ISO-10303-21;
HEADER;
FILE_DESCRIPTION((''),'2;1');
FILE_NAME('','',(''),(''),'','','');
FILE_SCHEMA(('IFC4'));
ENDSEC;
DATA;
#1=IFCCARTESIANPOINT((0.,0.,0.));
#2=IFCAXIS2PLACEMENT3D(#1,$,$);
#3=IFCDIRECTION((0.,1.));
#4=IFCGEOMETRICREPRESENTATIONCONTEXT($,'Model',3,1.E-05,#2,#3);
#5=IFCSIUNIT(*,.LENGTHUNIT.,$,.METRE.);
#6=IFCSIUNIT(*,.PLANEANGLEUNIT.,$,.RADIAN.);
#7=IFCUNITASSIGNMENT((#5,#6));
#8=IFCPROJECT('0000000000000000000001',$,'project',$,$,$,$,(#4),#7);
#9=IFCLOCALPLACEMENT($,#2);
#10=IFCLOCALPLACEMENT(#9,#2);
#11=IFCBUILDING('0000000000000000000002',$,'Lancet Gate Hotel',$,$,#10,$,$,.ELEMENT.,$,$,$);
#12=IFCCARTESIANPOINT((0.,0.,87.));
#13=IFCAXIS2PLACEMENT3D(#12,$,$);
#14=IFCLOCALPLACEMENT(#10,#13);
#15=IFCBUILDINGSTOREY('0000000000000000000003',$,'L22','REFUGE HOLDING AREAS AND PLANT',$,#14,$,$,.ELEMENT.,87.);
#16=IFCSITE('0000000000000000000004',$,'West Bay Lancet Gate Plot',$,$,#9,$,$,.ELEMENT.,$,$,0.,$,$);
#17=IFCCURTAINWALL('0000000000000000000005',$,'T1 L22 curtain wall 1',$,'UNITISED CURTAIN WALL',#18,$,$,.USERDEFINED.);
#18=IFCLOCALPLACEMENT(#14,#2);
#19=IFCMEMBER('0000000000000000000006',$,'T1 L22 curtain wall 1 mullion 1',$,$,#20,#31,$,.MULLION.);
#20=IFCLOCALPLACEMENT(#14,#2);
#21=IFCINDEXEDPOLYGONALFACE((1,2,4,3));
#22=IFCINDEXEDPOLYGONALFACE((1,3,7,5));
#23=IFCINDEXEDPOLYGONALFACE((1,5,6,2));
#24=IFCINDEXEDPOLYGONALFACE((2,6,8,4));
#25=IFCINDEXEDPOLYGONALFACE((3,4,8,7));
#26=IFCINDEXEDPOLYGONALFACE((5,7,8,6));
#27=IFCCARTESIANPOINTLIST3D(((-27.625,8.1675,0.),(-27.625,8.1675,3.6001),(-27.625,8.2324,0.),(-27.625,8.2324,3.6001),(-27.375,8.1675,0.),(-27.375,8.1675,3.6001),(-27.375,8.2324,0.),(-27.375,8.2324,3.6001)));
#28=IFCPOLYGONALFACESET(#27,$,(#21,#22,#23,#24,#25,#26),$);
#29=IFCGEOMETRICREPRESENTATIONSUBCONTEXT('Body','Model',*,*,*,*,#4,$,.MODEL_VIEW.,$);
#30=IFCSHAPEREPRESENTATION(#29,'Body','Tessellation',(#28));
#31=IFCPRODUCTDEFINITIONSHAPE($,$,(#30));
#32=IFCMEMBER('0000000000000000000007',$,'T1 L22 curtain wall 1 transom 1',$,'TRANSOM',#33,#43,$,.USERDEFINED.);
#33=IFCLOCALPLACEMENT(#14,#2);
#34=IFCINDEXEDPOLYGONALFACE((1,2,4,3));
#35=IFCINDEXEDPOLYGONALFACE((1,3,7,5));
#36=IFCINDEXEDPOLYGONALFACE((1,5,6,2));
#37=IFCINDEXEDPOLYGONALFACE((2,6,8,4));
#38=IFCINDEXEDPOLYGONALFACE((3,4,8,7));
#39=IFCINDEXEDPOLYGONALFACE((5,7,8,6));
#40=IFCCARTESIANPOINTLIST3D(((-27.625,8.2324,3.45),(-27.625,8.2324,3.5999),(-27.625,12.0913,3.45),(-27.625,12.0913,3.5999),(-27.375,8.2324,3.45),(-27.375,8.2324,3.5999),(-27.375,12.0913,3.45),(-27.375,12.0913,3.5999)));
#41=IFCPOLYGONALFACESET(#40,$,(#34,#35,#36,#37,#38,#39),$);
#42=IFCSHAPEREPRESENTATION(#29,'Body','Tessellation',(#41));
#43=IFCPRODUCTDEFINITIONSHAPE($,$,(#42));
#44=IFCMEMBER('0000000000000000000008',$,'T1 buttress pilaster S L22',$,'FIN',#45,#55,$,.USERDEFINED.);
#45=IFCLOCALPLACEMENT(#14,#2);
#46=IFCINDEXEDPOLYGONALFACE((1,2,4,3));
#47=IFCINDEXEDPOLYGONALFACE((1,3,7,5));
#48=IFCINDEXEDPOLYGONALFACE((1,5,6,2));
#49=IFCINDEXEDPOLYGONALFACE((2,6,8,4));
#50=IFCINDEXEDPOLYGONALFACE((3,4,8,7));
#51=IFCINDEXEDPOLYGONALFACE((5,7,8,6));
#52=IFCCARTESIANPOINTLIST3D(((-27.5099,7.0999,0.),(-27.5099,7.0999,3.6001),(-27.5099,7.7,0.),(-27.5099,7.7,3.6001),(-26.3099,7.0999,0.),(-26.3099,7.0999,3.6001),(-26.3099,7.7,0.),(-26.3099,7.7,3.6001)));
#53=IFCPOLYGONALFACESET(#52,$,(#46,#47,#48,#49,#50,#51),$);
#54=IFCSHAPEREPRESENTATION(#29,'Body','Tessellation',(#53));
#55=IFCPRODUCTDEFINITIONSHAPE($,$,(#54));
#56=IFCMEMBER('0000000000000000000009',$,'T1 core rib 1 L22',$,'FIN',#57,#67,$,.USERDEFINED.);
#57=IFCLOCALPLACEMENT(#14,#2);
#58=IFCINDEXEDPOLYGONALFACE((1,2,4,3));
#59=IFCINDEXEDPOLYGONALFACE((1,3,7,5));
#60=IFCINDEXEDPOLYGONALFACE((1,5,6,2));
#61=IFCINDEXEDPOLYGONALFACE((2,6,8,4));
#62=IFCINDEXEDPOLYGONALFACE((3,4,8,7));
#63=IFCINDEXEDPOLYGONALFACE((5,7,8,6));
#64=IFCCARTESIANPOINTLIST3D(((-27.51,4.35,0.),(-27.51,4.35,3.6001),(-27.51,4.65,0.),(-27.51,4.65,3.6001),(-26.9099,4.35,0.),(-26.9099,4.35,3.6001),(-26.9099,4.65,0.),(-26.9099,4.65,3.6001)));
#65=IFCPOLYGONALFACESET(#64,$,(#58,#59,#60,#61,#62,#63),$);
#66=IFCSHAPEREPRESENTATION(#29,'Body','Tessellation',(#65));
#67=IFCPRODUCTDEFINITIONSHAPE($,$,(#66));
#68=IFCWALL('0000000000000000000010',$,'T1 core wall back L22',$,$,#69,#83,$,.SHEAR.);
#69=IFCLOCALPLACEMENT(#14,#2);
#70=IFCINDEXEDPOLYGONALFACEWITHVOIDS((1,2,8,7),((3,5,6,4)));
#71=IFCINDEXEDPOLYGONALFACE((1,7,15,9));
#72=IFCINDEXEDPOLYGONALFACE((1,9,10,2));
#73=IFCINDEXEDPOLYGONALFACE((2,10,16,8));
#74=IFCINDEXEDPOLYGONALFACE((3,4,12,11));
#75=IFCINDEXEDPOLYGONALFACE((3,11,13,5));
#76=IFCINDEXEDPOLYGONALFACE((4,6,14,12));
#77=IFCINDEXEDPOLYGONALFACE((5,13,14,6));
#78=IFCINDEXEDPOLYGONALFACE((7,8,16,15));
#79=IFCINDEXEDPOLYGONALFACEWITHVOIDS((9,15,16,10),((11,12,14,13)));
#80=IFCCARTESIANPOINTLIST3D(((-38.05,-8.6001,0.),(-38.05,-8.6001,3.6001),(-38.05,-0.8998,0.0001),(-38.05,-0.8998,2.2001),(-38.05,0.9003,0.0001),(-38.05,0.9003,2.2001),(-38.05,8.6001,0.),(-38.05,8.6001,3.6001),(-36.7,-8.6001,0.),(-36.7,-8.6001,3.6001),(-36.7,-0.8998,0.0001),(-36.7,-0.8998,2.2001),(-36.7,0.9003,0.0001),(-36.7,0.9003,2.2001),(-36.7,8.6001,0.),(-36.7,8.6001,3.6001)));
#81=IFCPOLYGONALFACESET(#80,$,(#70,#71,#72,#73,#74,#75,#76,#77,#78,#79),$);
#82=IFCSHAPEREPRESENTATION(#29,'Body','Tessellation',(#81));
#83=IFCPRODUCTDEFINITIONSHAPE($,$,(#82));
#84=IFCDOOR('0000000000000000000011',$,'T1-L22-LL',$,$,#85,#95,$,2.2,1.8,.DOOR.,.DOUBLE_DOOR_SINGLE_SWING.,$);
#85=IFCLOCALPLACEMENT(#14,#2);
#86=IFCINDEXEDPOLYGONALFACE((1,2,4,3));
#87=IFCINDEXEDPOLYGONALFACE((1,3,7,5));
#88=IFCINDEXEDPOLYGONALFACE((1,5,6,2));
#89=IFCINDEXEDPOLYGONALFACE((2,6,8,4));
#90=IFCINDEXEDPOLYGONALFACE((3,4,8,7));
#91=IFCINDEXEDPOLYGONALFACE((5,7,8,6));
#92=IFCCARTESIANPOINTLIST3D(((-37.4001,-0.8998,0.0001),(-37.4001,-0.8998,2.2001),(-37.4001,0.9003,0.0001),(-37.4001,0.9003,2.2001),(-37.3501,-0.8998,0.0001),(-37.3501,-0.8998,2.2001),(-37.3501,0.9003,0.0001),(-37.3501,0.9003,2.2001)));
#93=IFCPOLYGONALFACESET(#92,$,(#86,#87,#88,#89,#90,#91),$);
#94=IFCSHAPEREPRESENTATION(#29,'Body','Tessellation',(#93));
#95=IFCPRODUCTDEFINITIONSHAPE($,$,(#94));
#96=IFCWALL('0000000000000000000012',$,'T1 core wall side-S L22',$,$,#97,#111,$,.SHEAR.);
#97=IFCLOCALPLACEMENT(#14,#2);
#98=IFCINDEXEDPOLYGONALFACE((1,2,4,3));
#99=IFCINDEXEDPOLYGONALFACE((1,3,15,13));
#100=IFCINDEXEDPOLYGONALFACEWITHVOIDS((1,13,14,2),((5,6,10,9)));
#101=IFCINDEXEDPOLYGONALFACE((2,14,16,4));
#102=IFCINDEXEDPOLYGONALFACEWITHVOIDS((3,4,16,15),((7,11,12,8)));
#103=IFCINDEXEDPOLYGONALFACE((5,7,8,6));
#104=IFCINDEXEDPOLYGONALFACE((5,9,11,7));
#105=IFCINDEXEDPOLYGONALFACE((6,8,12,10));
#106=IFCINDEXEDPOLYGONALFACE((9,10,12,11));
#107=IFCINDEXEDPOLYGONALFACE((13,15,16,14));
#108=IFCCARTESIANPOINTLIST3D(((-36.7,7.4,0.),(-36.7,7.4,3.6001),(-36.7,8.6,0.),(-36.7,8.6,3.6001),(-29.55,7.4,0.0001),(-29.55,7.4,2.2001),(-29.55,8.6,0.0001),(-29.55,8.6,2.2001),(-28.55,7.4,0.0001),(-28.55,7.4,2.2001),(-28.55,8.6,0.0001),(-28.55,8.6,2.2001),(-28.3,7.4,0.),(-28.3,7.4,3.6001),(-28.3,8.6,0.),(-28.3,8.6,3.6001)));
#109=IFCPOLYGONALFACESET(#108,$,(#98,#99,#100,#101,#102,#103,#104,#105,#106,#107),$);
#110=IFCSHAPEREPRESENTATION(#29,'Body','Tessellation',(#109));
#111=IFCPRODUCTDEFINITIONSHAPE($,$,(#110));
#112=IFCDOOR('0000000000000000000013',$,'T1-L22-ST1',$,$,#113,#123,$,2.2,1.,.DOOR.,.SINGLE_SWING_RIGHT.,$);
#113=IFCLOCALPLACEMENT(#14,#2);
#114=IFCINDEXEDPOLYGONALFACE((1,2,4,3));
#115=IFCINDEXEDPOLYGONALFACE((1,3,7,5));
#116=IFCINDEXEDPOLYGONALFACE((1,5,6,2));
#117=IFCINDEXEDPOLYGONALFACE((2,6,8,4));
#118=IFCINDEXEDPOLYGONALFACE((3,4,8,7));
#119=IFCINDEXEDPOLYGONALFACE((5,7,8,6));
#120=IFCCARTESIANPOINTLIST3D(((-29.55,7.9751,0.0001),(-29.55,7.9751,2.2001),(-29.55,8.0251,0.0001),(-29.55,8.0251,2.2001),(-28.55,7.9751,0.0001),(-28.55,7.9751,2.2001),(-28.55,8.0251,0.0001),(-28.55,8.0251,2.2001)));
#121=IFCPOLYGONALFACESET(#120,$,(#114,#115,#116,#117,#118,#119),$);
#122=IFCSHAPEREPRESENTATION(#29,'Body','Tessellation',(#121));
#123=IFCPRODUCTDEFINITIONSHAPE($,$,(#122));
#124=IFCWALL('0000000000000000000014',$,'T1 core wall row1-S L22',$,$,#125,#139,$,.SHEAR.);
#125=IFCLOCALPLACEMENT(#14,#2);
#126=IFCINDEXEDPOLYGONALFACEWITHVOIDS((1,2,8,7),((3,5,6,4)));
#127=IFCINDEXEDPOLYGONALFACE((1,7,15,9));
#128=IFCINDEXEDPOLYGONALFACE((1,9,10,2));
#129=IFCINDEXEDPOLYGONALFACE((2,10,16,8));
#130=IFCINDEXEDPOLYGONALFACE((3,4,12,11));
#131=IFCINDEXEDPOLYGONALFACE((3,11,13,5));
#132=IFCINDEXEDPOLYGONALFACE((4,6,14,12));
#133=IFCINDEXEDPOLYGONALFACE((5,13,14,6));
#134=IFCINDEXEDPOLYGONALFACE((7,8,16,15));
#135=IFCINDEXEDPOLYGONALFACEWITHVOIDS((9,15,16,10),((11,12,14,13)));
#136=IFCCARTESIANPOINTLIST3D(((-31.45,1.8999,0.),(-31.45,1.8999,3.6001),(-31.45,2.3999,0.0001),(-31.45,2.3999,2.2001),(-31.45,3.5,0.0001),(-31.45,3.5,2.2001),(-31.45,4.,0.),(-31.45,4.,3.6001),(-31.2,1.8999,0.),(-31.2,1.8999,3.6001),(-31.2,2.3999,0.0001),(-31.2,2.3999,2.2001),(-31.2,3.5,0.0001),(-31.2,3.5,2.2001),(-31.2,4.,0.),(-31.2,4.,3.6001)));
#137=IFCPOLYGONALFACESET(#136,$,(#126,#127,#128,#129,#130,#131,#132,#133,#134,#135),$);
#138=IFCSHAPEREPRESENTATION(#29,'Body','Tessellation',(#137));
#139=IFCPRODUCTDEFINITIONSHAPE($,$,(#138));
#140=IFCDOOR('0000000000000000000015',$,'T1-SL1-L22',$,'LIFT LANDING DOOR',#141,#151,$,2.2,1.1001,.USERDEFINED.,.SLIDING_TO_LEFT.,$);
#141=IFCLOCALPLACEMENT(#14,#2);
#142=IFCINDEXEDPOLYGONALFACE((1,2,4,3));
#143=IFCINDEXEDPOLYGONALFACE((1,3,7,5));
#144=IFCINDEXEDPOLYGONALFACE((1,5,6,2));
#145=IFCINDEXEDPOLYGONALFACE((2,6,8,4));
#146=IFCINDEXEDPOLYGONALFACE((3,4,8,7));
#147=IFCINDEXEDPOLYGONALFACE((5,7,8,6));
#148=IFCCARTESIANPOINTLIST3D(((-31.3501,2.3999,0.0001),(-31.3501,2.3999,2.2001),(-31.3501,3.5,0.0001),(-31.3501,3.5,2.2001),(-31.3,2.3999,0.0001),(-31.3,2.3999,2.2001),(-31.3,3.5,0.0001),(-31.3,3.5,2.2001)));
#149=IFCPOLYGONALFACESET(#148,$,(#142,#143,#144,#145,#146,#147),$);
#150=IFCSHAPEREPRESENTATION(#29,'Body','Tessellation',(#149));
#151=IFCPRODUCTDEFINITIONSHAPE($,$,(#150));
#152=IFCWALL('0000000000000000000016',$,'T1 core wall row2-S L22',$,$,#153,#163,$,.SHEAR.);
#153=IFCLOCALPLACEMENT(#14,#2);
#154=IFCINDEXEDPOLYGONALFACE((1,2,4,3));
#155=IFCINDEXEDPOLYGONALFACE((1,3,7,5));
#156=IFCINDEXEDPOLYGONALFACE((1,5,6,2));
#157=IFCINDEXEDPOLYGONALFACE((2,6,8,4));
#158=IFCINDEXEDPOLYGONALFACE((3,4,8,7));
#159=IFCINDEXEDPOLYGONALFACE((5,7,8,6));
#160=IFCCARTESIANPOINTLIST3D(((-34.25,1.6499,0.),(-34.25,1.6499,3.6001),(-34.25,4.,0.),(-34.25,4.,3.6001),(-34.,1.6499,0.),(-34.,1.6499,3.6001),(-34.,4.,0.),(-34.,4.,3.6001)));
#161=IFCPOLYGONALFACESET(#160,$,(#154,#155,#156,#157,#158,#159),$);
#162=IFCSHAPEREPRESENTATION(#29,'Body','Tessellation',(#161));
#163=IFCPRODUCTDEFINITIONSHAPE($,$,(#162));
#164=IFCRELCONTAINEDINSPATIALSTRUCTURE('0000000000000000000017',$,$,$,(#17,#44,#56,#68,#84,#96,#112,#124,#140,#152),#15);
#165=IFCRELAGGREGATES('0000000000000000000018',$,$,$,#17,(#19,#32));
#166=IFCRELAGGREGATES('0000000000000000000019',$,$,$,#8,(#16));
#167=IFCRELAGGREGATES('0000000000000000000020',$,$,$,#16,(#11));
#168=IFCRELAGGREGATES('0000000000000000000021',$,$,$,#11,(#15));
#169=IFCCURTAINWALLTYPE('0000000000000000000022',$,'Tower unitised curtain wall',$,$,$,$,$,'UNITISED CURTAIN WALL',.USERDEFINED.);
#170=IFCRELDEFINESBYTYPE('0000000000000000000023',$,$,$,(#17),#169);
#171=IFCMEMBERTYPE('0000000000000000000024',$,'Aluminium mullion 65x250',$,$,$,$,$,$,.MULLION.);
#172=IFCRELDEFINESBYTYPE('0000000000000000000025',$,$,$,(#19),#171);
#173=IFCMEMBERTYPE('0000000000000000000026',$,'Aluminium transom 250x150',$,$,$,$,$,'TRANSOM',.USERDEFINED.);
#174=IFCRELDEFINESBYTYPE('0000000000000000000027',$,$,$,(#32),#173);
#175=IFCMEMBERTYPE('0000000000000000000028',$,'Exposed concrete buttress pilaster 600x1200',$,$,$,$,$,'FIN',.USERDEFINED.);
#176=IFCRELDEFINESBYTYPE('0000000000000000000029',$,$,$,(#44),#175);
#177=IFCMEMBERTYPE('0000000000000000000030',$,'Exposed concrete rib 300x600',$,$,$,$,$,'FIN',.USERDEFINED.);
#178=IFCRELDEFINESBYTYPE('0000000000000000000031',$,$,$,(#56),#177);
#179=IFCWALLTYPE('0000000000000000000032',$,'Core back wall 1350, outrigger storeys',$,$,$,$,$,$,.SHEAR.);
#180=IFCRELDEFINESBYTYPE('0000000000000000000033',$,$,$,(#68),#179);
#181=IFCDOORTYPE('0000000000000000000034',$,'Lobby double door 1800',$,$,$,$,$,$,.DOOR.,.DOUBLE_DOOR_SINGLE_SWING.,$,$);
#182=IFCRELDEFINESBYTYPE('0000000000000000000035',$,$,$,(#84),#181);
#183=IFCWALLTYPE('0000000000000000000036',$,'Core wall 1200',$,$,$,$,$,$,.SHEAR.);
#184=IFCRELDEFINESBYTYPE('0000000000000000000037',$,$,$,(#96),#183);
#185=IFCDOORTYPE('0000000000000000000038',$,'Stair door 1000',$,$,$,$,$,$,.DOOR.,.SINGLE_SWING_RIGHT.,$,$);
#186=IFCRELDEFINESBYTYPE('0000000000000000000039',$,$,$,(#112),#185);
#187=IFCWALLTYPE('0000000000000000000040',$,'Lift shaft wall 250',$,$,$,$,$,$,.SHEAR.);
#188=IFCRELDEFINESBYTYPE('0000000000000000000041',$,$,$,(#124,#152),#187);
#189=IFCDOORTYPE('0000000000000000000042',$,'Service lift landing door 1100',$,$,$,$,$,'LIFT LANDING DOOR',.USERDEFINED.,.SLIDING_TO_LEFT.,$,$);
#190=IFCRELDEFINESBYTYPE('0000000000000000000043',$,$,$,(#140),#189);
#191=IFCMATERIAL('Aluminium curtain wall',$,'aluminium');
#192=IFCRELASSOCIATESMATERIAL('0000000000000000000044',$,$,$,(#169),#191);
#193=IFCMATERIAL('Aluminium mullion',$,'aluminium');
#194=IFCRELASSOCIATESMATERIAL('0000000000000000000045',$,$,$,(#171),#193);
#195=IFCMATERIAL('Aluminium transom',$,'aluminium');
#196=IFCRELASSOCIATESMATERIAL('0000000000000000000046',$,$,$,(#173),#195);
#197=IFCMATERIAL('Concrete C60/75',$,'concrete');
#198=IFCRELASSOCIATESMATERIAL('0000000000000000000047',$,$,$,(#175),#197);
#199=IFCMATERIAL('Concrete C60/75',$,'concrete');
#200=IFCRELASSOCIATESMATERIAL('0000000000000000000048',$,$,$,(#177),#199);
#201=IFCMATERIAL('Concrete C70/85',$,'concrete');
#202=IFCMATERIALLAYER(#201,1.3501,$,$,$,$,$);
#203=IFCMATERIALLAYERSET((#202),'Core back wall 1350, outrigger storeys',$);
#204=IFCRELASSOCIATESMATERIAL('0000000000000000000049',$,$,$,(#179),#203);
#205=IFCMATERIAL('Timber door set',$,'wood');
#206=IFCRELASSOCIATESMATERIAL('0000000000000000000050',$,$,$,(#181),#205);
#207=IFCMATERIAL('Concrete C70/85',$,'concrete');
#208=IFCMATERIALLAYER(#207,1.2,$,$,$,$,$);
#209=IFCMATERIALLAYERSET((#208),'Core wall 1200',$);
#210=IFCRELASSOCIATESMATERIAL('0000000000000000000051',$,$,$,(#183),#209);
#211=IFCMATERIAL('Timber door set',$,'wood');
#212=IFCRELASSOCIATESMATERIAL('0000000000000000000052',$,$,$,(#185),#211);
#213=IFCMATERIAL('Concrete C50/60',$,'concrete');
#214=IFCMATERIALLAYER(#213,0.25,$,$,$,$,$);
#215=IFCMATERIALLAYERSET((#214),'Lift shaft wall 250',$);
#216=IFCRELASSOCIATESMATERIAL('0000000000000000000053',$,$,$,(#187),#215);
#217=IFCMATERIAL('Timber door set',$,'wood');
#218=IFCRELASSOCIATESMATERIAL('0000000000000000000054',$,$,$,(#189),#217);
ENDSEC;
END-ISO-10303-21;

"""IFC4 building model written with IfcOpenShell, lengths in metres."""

from ifc_helpers import new_model, si_unit, direction, frame, frame_2d, origin, origin_2d, place, context, subcontext, project, spatial, rectangle, extrude, material, layer, layer_set, material_profile, profile_set, type_object, element, fill, aggregate, save


model = new_model("IFC4")

# Units and contexts
model_context = context("Model", 3, precision=1e-05, world=origin(), true_north=direction((0.0, 1.0)))
body_context = subcontext(model_context, "Body", "Model", "MODEL_VIEW")
ifc_project = project(units=[si_unit("LENGTHUNIT", "METRE"), si_unit("PLANEANGLEUNIT", "RADIAN")], contexts=[model_context])

# Site, building, storey
site_placement = place(None, origin())
site = spatial("IfcSite", under=ifc_project, at=site_placement, Name="West Bay Lancet Gate Plot", CompositionType="ELEMENT", RefElevation=0.0)
building_placement = place(site_placement, origin())
building = spatial("IfcBuilding", under=site, at=building_placement, Name="Lancet Gate Hotel", CompositionType="ELEMENT")
storey_placement = place(building_placement, frame((0.0, 0.0, 87.0)))
storey = spatial("IfcBuildingStorey", under=building, at=storey_placement, Name="L22", Description="REFUGE HOLDING AREAS AND PLANT", CompositionType="ELEMENT", Elevation=87.0)

# Curtain wall, members
ifc_material_1 = material(Name="Aluminium curtain wall", Category="aluminium")
curtain_wall_type = type_object("IfcCurtainWallType", Name="Tower unitised curtain wall", ElementType="UNITISED CURTAIN WALL", PredefinedType="USERDEFINED", material=ifc_material_1)
curtain_wall_placement = place(storey_placement, origin())
curtain_wall = element("IfcCurtainWall", 1, at=curtain_wall_placement, inside=storey, type_object=curtain_wall_type, Name="T1 L22 curtain wall 1", ObjectType="UNITISED CURTAIN WALL", PredefinedType="USERDEFINED")
ifc_material_2 = material(Name="Aluminium mullion", Category="aluminium")
ifc_material_profile_1 = material_profile(ifc_material_2, rectangle(XDim=0.0649, YDim=0.25, at=origin_2d()), Name="MULLION 65x250")
ifc_profile_set_1 = profile_set([ifc_material_profile_1], Name="Aluminium mullion")
member_type_1 = type_object("IfcMemberType", Name="Aluminium mullion 65x250", PredefinedType="MULLION", material=ifc_profile_set_1)
member_1_placement = place(storey_placement, frame((-27.5, 8.2, 0.0), z_axis=(0.0, 0.0, 1.0), x_axis=(0.0, 1.0, 0.0)))
member_1 = element("IfcMember", 2, at=member_1_placement, type_object=member_type_1, Name="T1 L22 curtain wall 1 mullion 1", PredefinedType="MULLION", context=body_context, shape_type="SweptSolid", body=[
    extrude(rectangle(XDim=0.0649, YDim=0.25, at=origin_2d()), origin(), (0.0, 0.0, 1.0), 3.6001),
])
ifc_material_3 = material(Name="Aluminium transom", Category="aluminium")
ifc_material_profile_2 = material_profile(ifc_material_3, rectangle(XDim=0.25, YDim=0.1499, at=origin_2d()), Name="TRANSOM 250x150")
ifc_profile_set_2 = profile_set([ifc_material_profile_2], Name="Aluminium transom")
member_type_2 = type_object("IfcMemberType", Name="Aluminium transom 250x150", ElementType="TRANSOM", PredefinedType="USERDEFINED", material=ifc_profile_set_2)
member_2_placement = place(storey_placement, frame((-27.5, 8.2324, 3.5249), z_axis=(0.0, 1.0, 0.0), x_axis=(-1.0, 0.0, 0.0)))
member_2 = element("IfcMember", 3, at=member_2_placement, type_object=member_type_2, Name="T1 L22 curtain wall 1 transom 1", ObjectType="TRANSOM", PredefinedType="USERDEFINED", context=body_context, shape_type="SweptSolid", body=[
    extrude(rectangle(XDim=0.25, YDim=0.1499, at=origin_2d()), origin(), (0.0, 0.0, 1.0), 3.8589),
])
aggregate(curtain_wall, [member_1, member_2])

# Members
ifc_material_4 = material(Name="Concrete C60/75", Category="concrete")
ifc_material_profile_3 = material_profile(ifc_material_4, rectangle(XDim=0.6001, YDim=1.2, at=origin_2d()), Name="FIN 600x1200")
ifc_profile_set_3 = profile_set([ifc_material_profile_3], Name="Concrete C60/75")
member_type_3 = type_object("IfcMemberType", Name="Exposed concrete buttress pilaster 600x1200", ElementType="FIN", PredefinedType="USERDEFINED", material=ifc_profile_set_3)
member_3_placement = place(storey_placement, frame((-26.9099, 7.3999, 0.0), z_axis=(0.0, 0.0, 1.0), x_axis=(0.0, 1.0, 0.0)))
element("IfcMember", 4, at=member_3_placement, inside=storey, type_object=member_type_3, Name="T1 buttress pilaster S L22", ObjectType="FIN", PredefinedType="USERDEFINED", context=body_context, shape_type="SweptSolid", body=[
    extrude(rectangle(XDim=0.6001, YDim=1.2, at=origin_2d()), origin(), (0.0, 0.0, 1.0), 3.6001),
])
ifc_material_5 = material(Name="Concrete C60/75", Category="concrete")
ifc_material_profile_4 = material_profile(ifc_material_5, rectangle(XDim=0.3, YDim=0.6001, at=origin_2d()), Name="FIN 300x600")
ifc_profile_set_4 = profile_set([ifc_material_profile_4], Name="Concrete C60/75")
member_type_4 = type_object("IfcMemberType", Name="Exposed concrete rib 300x600", ElementType="FIN", PredefinedType="USERDEFINED", material=ifc_profile_set_4)
member_4_placement = place(storey_placement, frame((-27.21, 4.5, 0.0), z_axis=(0.0, 0.0, 1.0), x_axis=(0.0, 1.0, 0.0)))
element("IfcMember", 5, at=member_4_placement, inside=storey, type_object=member_type_4, Name="T1 core rib 1 L22", ObjectType="FIN", PredefinedType="USERDEFINED", context=body_context, shape_type="SweptSolid", body=[
    extrude(rectangle(XDim=0.3, YDim=0.6001, at=origin_2d()), origin(), (0.0, 0.0, 1.0), 3.6001),
])

# Walls, openings, doors
ifc_material_6 = material(Name="Concrete C70/85", Category="concrete")
ifc_layer_1 = layer(ifc_material_6, 1.3501)
ifc_layer_set_1 = layer_set([ifc_layer_1], Name="Core back wall 1350, outrigger storeys")
wall_type_1 = type_object("IfcWallType", Name="Core back wall 1350, outrigger storeys", PredefinedType="SHEAR", material=ifc_layer_set_1)
wall_1_placement = place(storey_placement, frame((-37.375, 8.6001, 0.0), z_axis=(0.0, 0.0, 1.0), x_axis=(0.0, -1.0, 0.0)))
wall_1 = element("IfcWall", 6, at=wall_1_placement, inside=storey, type_object=wall_type_1, Name="T1 core wall back L22", PredefinedType="SHEAR", context=body_context, shape_type="SweptSolid", body=[
    extrude(rectangle(XDim=17.2002, YDim=1.3501, at=frame_2d((8.6001, 0.0))), origin(), (0.0, 0.0, 1.0), 3.6001),
])
opening_1_placement = place(wall_1_placement, frame((7.7, 0.0, 0.0)))
opening_1 = element("IfcOpeningElement", 7, at=opening_1_placement, cuts=wall_1, PredefinedType="OPENING", context=body_context, shape_type="SweptSolid", body=[
    extrude(rectangle(XDim=1.8, YDim=2.2, at=frame_2d((0.8999, 1.1001))), frame((0.0, 0.6851, 0.0), z_axis=(0.0, -1.0, 0.0), x_axis=(1.0, 0.0, 0.0)), (0.0, 0.0, 1.0), 1.3701),
])
ifc_material_7 = material(Name="Timber door set", Category="wood")
door_type_1 = type_object("IfcDoorType", Name="Lobby double door 1800", OperationType="DOUBLE_DOOR_SINGLE_SWING", PredefinedType="DOOR", material=ifc_material_7)
door_1_placement = place(opening_1_placement, origin())
door_1 = element("IfcDoor", 8, at=door_1_placement, inside=storey, type_object=door_type_1, Name="T1-L22-LL", OperationType="DOUBLE_DOOR_SINGLE_SWING", OverallHeight=2.2, OverallWidth=1.8, PredefinedType="DOOR", context=body_context, shape_type="SweptSolid", body=[
    extrude(rectangle(XDim=1.8, YDim=2.2, at=frame_2d((0.8999, 1.1001))), frame((0.0, 0.0249, 0.0), z_axis=(0.0, -1.0, 0.0), x_axis=(1.0, 0.0, 0.0)), (0.0, 0.0, 1.0), 0.05),
])
fill(opening_1, door_1)
ifc_material_8 = material(Name="Concrete C70/85", Category="concrete")
ifc_layer_2 = layer(ifc_material_8, 1.2)
ifc_layer_set_2 = layer_set([ifc_layer_2], Name="Core wall 1200")
wall_type_2 = type_object("IfcWallType", Name="Core wall 1200", PredefinedType="SHEAR", material=ifc_layer_set_2)
wall_2_placement = place(storey_placement, frame((-28.3, 8.0, 0.0), z_axis=(0.0, 0.0, 1.0), x_axis=(-1.0, 0.0, 0.0)))
wall_2 = element("IfcWall", 9, at=wall_2_placement, inside=storey, type_object=wall_type_2, Name="T1 core wall side-S L22", PredefinedType="SHEAR", context=body_context, shape_type="SweptSolid", body=[
    extrude(rectangle(XDim=8.3999, YDim=1.2, at=frame_2d((4.2, 0.0))), origin(), (0.0, 0.0, 1.0), 3.6001),
])
opening_2_placement = place(wall_2_placement, frame((0.25, 0.0, 0.0)))
opening_2 = element("IfcOpeningElement", 10, at=opening_2_placement, cuts=wall_2, PredefinedType="OPENING", context=body_context, shape_type="SweptSolid", body=[
    extrude(rectangle(XDim=1.0, YDim=2.2, at=frame_2d((0.5, 1.1001))), frame((0.0, 0.6099, 0.0), z_axis=(0.0, -1.0, 0.0), x_axis=(1.0, 0.0, 0.0)), (0.0, 0.0, 1.0), 1.22),
])
ifc_material_9 = material(Name="Timber door set", Category="wood")
door_type_2 = type_object("IfcDoorType", Name="Stair door 1000", OperationType="SINGLE_SWING_RIGHT", PredefinedType="DOOR", material=ifc_material_9)
door_2_placement = place(opening_2_placement, origin())
door_2 = element("IfcDoor", 11, at=door_2_placement, inside=storey, type_object=door_type_2, Name="T1-L22-ST1", OperationType="SINGLE_SWING_RIGHT", OverallHeight=2.2, OverallWidth=1.0, PredefinedType="DOOR", context=body_context, shape_type="SweptSolid", body=[
    extrude(rectangle(XDim=1.0, YDim=2.2, at=frame_2d((0.5, 1.1001))), frame((0.0, 0.0249, 0.0), z_axis=(0.0, -1.0, 0.0), x_axis=(1.0, 0.0, 0.0)), (0.0, 0.0, 1.0), 0.05),
])
fill(opening_2, door_2)
ifc_material_10 = material(Name="Concrete C50/60", Category="concrete")
ifc_layer_3 = layer(ifc_material_10, 0.25)
ifc_layer_set_3 = layer_set([ifc_layer_3], Name="Lift shaft wall 250")
wall_type_3 = type_object("IfcWallType", Name="Lift shaft wall 250", PredefinedType="SHEAR", material=ifc_layer_set_3)
wall_3_placement = place(storey_placement, frame((-31.325, 4.0, 0.0), z_axis=(0.0, 0.0, 1.0), x_axis=(0.0, -1.0, 0.0)))
wall_3 = element("IfcWall", 12, at=wall_3_placement, inside=storey, type_object=wall_type_3, Name="T1 core wall row1-S L22", PredefinedType="SHEAR", context=body_context, shape_type="SweptSolid", body=[
    extrude(rectangle(XDim=2.1001, YDim=0.25, at=frame_2d((1.05, 0.0))), origin(), (0.0, 0.0, 1.0), 3.6001),
])
opening_3_placement = place(wall_3_placement, frame((0.5, 0.0, 0.0)))
opening_3 = element("IfcOpeningElement", 13, at=opening_3_placement, cuts=wall_3, PredefinedType="OPENING", context=body_context, shape_type="SweptSolid", body=[
    extrude(rectangle(XDim=1.1001, YDim=2.2, at=frame_2d((0.55, 1.1001))), frame((0.0, 0.135, 0.0), z_axis=(0.0, -1.0, 0.0), x_axis=(1.0, 0.0, 0.0)), (0.0, 0.0, 1.0), 0.27),
])
ifc_material_11 = material(Name="Timber door set", Category="wood")
door_type_3 = type_object("IfcDoorType", Name="Service lift landing door 1100", ElementType="LIFT LANDING DOOR", OperationType="SLIDING_TO_LEFT", PredefinedType="USERDEFINED", material=ifc_material_11)
door_3_placement = place(opening_3_placement, origin())
door_3 = element("IfcDoor", 14, at=door_3_placement, inside=storey, type_object=door_type_3, Name="T1-SL1-L22", ObjectType="LIFT LANDING DOOR", OperationType="SLIDING_TO_LEFT", OverallHeight=2.2, OverallWidth=1.1001, PredefinedType="USERDEFINED", context=body_context, shape_type="SweptSolid", body=[
    extrude(rectangle(XDim=1.1001, YDim=2.2, at=frame_2d((0.55, 1.1001))), frame((0.0, 0.0249, 0.0), z_axis=(0.0, -1.0, 0.0), x_axis=(1.0, 0.0, 0.0)), (0.0, 0.0, 1.0), 0.05),
])
fill(opening_3, door_3)

# Wall
wall_4_placement = place(storey_placement, frame((-34.125, 4.0, 0.0), z_axis=(0.0, 0.0, 1.0), x_axis=(0.0, -1.0, 0.0)))
element("IfcWall", 15, at=wall_4_placement, inside=storey, type_object=wall_type_3, Name="T1 core wall row2-S L22", PredefinedType="SHEAR", context=body_context, shape_type="SweptSolid", body=[
    extrude(rectangle(XDim=2.3501, YDim=0.25, at=frame_2d((1.175, 0.0))), origin(), (0.0, 0.0, 1.0), 3.6001),
])

save(model, "model.ifc")
